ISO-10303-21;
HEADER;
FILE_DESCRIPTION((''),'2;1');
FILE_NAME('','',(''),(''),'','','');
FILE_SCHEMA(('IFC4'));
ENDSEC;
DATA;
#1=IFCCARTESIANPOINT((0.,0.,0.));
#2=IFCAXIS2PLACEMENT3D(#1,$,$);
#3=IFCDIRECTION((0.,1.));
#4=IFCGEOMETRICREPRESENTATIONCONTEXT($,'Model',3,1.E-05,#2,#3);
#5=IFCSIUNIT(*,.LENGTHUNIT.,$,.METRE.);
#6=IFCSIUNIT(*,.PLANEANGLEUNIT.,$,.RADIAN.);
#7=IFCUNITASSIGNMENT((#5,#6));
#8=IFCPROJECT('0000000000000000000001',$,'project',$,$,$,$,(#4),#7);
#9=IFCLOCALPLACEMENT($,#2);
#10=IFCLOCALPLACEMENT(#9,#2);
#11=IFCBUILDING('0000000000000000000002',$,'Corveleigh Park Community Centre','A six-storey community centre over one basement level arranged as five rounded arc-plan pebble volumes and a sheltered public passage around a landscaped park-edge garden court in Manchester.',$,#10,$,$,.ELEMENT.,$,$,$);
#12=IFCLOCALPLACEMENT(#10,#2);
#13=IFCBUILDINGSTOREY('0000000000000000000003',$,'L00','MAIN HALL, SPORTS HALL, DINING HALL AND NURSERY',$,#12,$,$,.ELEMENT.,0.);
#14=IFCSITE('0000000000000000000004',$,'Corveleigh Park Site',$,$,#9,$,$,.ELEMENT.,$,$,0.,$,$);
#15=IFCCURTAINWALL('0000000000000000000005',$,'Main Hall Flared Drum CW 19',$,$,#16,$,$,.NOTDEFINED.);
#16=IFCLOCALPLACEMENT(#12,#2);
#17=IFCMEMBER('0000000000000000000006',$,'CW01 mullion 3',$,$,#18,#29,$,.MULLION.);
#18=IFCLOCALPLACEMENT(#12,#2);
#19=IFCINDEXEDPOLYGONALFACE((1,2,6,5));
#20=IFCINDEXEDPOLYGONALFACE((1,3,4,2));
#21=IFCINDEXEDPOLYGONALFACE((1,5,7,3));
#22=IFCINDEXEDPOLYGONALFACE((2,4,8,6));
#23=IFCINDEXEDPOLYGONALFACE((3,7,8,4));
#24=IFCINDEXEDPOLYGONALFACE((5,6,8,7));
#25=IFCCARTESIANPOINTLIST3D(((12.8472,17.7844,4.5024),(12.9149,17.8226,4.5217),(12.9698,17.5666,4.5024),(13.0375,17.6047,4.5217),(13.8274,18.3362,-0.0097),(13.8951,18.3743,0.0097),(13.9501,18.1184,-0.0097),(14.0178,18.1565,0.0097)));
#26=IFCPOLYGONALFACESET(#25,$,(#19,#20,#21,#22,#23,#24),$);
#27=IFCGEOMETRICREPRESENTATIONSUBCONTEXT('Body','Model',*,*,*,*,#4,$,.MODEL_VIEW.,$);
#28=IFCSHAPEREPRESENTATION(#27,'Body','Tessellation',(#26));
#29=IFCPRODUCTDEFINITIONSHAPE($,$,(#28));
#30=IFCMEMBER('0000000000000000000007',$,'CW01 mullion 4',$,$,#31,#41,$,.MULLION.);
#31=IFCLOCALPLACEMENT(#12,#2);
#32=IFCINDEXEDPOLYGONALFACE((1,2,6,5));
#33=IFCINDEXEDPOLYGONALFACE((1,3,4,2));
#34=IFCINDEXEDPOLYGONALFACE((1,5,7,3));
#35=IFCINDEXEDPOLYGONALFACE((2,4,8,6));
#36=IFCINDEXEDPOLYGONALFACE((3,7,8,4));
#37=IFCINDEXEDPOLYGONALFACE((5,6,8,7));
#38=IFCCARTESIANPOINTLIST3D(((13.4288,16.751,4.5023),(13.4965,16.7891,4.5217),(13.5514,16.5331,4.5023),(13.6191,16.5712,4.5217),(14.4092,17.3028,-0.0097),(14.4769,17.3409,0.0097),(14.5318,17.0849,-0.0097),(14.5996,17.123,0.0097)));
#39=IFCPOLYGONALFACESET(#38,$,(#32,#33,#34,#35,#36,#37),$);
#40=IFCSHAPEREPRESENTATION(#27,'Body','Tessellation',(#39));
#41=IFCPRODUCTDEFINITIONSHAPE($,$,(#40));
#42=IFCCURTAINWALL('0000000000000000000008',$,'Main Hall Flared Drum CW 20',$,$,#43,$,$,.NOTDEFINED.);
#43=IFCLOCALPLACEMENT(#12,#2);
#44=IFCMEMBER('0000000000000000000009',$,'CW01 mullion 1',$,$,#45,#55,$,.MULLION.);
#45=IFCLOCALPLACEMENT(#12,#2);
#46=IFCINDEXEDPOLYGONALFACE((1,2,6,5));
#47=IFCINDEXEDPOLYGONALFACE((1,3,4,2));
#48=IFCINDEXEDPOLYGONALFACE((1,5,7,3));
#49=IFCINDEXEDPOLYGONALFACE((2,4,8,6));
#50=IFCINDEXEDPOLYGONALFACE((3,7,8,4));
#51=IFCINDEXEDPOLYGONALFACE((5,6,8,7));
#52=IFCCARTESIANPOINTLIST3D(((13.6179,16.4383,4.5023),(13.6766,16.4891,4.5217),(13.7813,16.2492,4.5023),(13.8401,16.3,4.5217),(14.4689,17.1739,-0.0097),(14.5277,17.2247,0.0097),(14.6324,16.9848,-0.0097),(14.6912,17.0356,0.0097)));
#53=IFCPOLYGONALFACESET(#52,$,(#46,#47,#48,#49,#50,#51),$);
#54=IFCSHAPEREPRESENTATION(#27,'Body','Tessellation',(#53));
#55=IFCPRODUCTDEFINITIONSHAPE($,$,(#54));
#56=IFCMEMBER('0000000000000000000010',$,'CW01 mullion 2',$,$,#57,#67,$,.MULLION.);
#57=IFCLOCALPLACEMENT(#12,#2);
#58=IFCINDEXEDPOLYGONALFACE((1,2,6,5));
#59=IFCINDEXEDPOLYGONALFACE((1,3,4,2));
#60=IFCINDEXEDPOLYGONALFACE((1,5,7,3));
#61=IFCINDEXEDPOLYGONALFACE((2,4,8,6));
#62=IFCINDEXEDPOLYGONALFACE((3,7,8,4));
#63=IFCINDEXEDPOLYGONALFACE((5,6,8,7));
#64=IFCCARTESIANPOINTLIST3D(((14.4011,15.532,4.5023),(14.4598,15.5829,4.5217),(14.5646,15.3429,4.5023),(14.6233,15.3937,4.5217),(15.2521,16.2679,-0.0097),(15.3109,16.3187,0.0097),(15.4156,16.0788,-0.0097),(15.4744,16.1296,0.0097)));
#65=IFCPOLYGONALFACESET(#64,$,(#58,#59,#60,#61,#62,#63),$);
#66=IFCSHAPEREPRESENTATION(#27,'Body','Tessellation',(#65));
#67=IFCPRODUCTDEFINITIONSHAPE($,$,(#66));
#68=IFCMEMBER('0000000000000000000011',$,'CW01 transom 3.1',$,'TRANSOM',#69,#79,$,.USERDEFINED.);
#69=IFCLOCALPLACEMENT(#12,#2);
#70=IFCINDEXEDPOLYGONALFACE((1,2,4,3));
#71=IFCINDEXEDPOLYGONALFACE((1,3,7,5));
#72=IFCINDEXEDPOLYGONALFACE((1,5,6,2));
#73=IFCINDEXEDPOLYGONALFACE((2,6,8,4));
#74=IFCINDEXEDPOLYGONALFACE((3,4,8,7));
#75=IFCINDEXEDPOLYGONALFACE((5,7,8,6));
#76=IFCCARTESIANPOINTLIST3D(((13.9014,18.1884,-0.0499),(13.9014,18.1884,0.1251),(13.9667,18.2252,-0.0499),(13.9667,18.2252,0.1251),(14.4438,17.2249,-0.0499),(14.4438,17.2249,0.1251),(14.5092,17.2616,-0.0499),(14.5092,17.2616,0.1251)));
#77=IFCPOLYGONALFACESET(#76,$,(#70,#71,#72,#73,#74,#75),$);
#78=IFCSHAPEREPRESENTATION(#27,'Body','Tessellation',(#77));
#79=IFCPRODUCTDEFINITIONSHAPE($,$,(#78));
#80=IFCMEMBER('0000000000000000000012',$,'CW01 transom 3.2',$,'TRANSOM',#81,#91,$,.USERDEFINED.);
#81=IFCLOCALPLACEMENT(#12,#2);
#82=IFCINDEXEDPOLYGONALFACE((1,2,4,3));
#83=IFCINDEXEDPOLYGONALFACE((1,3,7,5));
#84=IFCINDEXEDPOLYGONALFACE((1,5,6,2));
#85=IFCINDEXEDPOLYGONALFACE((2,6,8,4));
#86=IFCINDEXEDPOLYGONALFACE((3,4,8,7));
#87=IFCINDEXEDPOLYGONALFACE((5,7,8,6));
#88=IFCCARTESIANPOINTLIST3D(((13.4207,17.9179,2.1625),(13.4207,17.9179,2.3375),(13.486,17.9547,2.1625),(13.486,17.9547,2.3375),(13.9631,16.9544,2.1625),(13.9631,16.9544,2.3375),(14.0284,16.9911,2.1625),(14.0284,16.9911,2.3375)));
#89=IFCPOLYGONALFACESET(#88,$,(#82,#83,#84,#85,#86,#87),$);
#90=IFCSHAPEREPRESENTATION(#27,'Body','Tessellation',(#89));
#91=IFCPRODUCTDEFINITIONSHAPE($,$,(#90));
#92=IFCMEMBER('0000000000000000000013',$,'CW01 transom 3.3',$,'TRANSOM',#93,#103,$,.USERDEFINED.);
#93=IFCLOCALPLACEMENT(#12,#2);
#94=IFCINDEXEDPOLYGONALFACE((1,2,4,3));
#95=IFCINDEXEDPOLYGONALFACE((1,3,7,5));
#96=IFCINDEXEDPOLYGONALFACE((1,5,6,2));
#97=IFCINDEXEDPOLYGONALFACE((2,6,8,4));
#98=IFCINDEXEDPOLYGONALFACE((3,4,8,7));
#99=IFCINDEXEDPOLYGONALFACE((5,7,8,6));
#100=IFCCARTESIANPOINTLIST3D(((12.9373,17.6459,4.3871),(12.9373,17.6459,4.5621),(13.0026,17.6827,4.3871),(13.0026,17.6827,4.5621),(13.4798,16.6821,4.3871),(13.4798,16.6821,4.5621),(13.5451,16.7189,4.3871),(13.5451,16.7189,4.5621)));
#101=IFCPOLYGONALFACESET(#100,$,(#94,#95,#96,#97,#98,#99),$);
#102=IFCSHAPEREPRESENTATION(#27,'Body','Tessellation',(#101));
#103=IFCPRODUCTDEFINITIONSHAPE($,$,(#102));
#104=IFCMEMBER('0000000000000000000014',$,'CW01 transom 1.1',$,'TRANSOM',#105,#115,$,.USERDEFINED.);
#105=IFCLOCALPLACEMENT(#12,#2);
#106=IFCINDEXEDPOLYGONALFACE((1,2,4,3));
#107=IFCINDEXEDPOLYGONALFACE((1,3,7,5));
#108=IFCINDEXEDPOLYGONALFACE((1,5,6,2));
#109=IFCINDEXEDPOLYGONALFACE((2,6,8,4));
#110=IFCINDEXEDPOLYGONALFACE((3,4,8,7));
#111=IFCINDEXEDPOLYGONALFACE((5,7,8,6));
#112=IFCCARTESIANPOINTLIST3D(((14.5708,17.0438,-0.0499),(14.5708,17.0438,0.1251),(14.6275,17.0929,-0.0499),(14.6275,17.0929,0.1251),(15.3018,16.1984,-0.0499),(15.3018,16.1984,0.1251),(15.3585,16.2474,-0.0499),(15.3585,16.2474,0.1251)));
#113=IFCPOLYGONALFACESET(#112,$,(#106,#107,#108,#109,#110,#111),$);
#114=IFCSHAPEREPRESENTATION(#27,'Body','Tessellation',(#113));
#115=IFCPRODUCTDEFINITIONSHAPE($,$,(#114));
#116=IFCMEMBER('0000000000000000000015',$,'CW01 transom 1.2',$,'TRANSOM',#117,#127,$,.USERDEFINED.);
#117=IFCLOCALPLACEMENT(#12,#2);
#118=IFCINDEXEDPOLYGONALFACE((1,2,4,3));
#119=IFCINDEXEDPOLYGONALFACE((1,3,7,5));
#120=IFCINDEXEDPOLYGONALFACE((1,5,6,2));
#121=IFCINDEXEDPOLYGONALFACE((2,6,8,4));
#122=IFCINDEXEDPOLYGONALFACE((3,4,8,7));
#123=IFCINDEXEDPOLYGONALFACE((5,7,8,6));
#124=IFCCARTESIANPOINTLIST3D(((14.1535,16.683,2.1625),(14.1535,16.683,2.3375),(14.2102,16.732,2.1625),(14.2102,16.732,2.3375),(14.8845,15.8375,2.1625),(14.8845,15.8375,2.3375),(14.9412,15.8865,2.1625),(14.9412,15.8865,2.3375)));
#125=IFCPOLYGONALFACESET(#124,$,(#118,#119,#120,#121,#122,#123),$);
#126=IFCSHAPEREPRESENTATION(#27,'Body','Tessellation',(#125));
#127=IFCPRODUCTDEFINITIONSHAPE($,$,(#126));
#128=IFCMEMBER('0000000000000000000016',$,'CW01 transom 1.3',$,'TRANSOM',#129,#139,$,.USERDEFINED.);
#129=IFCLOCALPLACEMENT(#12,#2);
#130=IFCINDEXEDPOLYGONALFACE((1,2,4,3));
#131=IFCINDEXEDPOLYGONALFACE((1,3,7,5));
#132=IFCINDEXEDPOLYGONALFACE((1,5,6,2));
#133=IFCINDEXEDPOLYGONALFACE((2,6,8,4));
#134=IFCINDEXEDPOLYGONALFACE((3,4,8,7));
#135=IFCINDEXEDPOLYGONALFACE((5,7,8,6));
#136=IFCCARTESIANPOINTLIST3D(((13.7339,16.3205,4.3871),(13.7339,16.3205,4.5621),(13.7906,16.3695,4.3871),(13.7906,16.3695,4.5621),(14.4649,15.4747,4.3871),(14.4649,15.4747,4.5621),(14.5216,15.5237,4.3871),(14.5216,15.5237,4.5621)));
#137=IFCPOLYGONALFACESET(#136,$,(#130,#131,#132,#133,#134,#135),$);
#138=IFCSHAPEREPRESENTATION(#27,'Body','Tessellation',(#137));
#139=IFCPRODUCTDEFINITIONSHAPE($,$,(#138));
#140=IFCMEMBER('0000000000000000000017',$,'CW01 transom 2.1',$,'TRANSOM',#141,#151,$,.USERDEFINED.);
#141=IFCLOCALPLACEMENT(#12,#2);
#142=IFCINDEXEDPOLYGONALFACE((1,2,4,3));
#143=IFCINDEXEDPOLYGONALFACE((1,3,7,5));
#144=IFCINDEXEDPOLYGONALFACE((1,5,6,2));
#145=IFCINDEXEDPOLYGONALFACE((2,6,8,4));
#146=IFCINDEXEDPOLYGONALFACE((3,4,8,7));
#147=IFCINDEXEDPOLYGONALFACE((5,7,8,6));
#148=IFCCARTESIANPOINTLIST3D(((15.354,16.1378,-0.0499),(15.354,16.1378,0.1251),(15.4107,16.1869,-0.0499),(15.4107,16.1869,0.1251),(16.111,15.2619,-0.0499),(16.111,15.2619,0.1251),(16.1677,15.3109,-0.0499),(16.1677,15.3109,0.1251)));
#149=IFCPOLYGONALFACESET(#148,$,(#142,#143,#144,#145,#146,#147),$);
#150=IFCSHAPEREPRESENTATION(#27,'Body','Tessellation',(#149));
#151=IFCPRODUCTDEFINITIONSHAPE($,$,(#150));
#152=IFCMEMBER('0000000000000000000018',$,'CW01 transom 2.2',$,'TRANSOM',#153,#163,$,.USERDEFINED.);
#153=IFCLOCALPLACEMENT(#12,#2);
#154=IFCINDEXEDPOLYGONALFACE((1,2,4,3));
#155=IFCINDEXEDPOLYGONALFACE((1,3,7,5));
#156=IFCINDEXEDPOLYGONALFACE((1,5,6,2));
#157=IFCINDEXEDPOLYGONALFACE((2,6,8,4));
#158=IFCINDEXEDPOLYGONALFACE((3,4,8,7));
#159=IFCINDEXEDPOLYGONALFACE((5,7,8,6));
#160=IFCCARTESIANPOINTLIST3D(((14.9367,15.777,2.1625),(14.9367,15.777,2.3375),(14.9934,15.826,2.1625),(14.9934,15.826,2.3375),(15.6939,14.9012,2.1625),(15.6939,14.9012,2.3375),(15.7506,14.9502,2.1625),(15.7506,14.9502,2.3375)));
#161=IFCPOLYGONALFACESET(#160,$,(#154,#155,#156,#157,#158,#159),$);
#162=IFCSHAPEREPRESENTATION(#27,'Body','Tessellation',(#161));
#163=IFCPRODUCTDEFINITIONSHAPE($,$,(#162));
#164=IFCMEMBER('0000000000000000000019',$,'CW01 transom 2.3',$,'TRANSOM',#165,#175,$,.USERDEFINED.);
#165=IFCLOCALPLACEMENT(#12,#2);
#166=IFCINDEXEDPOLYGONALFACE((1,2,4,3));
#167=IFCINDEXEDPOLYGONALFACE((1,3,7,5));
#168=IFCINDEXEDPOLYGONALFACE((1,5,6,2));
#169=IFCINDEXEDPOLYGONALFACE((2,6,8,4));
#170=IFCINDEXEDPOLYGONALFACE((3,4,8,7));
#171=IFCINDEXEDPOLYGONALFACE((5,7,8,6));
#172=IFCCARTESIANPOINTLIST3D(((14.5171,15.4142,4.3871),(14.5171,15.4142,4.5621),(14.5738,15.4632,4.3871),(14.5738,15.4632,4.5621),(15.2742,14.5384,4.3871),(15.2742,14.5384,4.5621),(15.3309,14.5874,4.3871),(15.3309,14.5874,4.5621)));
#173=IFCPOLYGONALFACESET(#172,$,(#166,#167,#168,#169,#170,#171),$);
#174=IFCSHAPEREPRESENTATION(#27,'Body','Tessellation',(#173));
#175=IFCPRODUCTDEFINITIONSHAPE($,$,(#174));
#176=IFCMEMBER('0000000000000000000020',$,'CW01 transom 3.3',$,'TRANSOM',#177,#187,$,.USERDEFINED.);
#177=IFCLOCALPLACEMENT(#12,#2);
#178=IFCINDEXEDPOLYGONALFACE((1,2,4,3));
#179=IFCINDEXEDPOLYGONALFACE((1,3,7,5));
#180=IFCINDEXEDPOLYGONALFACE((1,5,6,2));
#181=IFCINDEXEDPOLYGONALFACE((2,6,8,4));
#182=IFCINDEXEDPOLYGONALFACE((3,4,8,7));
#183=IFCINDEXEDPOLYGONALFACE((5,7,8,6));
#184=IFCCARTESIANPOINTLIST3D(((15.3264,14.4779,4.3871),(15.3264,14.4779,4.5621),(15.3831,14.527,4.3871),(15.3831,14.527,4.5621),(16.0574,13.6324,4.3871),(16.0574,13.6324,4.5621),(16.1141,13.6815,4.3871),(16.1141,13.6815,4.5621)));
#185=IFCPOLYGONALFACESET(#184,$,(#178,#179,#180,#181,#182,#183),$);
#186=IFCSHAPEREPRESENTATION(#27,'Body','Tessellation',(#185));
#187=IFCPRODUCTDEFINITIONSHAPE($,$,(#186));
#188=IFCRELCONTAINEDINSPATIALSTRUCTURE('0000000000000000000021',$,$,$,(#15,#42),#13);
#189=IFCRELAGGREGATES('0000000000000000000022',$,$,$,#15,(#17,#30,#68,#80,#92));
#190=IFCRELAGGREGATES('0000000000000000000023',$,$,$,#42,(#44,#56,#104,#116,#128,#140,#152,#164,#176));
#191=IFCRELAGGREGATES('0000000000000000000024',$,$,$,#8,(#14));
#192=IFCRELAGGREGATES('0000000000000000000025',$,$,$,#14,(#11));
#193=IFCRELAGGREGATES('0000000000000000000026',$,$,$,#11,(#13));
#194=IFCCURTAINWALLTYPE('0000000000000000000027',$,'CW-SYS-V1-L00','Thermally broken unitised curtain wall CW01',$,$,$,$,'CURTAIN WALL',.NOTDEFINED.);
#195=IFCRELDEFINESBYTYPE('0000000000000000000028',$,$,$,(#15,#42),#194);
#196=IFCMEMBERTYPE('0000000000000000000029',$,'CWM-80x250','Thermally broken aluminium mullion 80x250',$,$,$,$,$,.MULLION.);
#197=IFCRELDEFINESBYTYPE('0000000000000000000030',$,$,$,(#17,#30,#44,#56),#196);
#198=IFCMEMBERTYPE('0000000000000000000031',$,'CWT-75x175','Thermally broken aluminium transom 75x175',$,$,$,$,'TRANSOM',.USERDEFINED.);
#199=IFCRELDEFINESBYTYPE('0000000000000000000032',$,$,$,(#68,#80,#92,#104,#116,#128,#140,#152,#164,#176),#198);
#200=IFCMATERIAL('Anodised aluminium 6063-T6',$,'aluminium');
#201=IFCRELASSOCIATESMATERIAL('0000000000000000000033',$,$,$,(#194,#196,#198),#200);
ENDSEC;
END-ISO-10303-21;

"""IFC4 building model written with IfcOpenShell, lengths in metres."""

from ifc_helpers import new_model, si_unit, direction, frame, origin, origin_2d, place, context, subcontext, project, spatial, rectangle, extrude, material, material_profile, profile_set, type_object, element, aggregate, save


model = new_model("IFC4")

# Units and contexts
model_context = context("Model", 3, precision=1e-05, world=origin(), true_north=direction((0.0, 1.0)))
body_context = subcontext(model_context, "Body", "Model", "MODEL_VIEW")
ifc_project = project(units=[si_unit("LENGTHUNIT", "METRE"), si_unit("PLANEANGLEUNIT", "RADIAN")], contexts=[model_context])

# Site, building, storey
site_placement = place(None, origin())
site = spatial("IfcSite", under=ifc_project, at=site_placement, Name="Corveleigh Park Site", CompositionType="ELEMENT", RefElevation=0.0)
building_placement = place(site_placement, origin())
building = spatial("IfcBuilding", under=site, at=building_placement, Name="Corveleigh Park Community Centre", Description="A six-storey community centre over one basement level arranged as five rounded arc-plan pebble volumes and a sheltered public passage around a landscaped park-edge garden court in Manchester.", CompositionType="ELEMENT")
storey_placement = place(building_placement, origin())
storey = spatial("IfcBuildingStorey", under=building, at=storey_placement, Name="L00", Description="MAIN HALL, SPORTS HALL, DINING HALL AND NURSERY", CompositionType="ELEMENT", Elevation=0.0)

# Curtain walls, members
ifc_material_1 = material(Name="Anodised aluminium 6063-T6", Category="aluminium")
curtain_wall_type = type_object("IfcCurtainWallType", Name="CW-SYS-V1-L00", Description="Thermally broken unitised curtain wall CW01", ElementType="CURTAIN WALL", PredefinedType="NOTDEFINED", material=ifc_material_1)
curtain_wall_1_placement = place(storey_placement, origin())
curtain_wall_1 = element("IfcCurtainWall", 1, at=curtain_wall_1_placement, inside=storey, type_object=curtain_wall_type, Name="Main Hall Flared Drum CW 19", PredefinedType="NOTDEFINED")
ifc_material_profile_1 = material_profile(ifc_material_1, rectangle(XDim=0.0801, YDim=0.25, at=origin_2d()), Name="ALU-M80x250", Category="aluminium")
ifc_profile_set_1 = profile_set([ifc_material_profile_1], Name="Anodised aluminium 6063-T6")
member_type_1 = type_object("IfcMemberType", Name="CWM-80x250", Description="Thermally broken aluminium mullion 80x250", PredefinedType="MULLION", material=ifc_profile_set_1)
member_1_placement = place(storey_placement, frame((13.9226, 18.2463, 0.0), z_axis=(-0.210798, -0.118656, 0.970301), x_axis=(0.84555, 0.475951, 0.241899)))
member_1 = element("IfcMember", 2, at=member_1_placement, type_object=member_type_1, Name="CW01 mullion 3", PredefinedType="MULLION", context=body_context, shape_type="SweptSolid", body=[
    extrude(rectangle(XDim=0.0801, YDim=0.25, at=origin_2d()), origin(), (0.0, 0.0, 1.0), 4.6501),
])
member_2_placement = place(storey_placement, frame((14.5044, 17.2129, 0.0), z_axis=(-0.210848, -0.118655, 0.970291), x_axis=(0.845592, 0.475856, 0.241942)))
member_2 = element("IfcMember", 3, at=member_2_placement, type_object=member_type_1, Name="CW01 mullion 4", PredefinedType="MULLION", context=body_context, shape_type="SweptSolid", body=[
    extrude(rectangle(XDim=0.0801, YDim=0.25, at=origin_2d()), origin(), (0.0, 0.0, 1.0), 4.6501),
])
curtain_wall_2_placement = place(storey_placement, origin())
curtain_wall_2 = element("IfcCurtainWall", 4, at=curtain_wall_2_placement, inside=storey, type_object=curtain_wall_type, Name="Main Hall Flared Drum CW 20", PredefinedType="NOTDEFINED")
member_3_placement = place(storey_placement, frame((14.5801, 17.1047, 0.0), z_axis=(-0.183024, -0.15819, 0.970298), x_axis=(0.734098, 0.634491, 0.241913)))
member_3 = element("IfcMember", 5, at=member_3_placement, type_object=member_type_1, Name="CW01 mullion 1", PredefinedType="MULLION", context=body_context, shape_type="SweptSolid", body=[
    extrude(rectangle(XDim=0.0801, YDim=0.25, at=origin_2d()), origin(), (0.0, 0.0, 1.0), 4.6501),
])
member_4_placement = place(storey_placement, frame((15.3633, 16.1987, 0.0), z_axis=(-0.183022, -0.158241, 0.97029), x_axis=(0.733987, 0.634606, 0.241945)))
member_4 = element("IfcMember", 6, at=member_4_placement, type_object=member_type_1, Name="CW01 mullion 2", PredefinedType="MULLION", context=body_context, shape_type="SweptSolid", body=[
    extrude(rectangle(XDim=0.0801, YDim=0.25, at=origin_2d()), origin(), (0.0, 0.0, 1.0), 4.6501),
])

# Members
ifc_material_profile_2 = material_profile(ifc_material_1, rectangle(XDim=0.075, YDim=0.175, at=origin_2d()), Name="ALU-T75x175", Category="aluminium")
ifc_profile_set_2 = profile_set([ifc_material_profile_2], Name="Anodised aluminium 6063-T6")
member_type_2 = type_object("IfcMemberType", Name="CWT-75x175", Description="Thermally broken aluminium transom 75x175", ElementType="TRANSOM", PredefinedType="USERDEFINED", material=ifc_profile_set_2)
member_5_placement = place(storey_placement, frame((13.9341, 18.2068, 0.0376), z_axis=(0.490565, -0.871404, 0.0), x_axis=(0.871404, 0.490565, 0.0)))
member_5 = element("IfcMember", 7, at=member_5_placement, type_object=member_type_2, Name="CW01 transom 3.1", ObjectType="TRANSOM", PredefinedType="USERDEFINED", context=body_context, shape_type="SweptSolid", body=[
    extrude(rectangle(XDim=0.075, YDim=0.175, at=origin_2d()), origin(), (0.0, 0.0, 1.0), 1.1057),
])
member_6_placement = place(storey_placement, frame((13.4534, 17.9363, 2.25), z_axis=(0.490565, -0.871404, 0.0), x_axis=(0.871404, 0.490565, 0.0)))
member_6 = element("IfcMember", 8, at=member_6_placement, type_object=member_type_2, Name="CW01 transom 3.2", ObjectType="TRANSOM", PredefinedType="USERDEFINED", context=body_context, shape_type="SweptSolid", body=[
    extrude(rectangle(XDim=0.075, YDim=0.175, at=origin_2d()), origin(), (0.0, 0.0, 1.0), 1.1057),
])
member_7_placement = place(storey_placement, frame((12.97, 17.6643, 4.4746), z_axis=(0.490471, -0.871458, 0.0), x_axis=(0.871458, 0.490471, 0.0)))
member_7 = element("IfcMember", 9, at=member_7_placement, type_object=member_type_2, Name="CW01 transom 3.3", ObjectType="TRANSOM", PredefinedType="USERDEFINED", context=body_context, shape_type="SweptSolid", body=[
    extrude(rectangle(XDim=0.075, YDim=0.175, at=origin_2d()), origin(), (0.0, 0.0, 1.0), 1.106),
])
member_8_placement = place(storey_placement, frame((14.5991, 17.0684, 0.0376), z_axis=(0.654024, -0.756474, 0.0), x_axis=(0.756474, 0.654024, 0.0)))
member_8 = element("IfcMember", 10, at=member_8_placement, type_object=member_type_2, Name="CW01 transom 1.1", ObjectType="TRANSOM", PredefinedType="USERDEFINED", context=body_context, shape_type="SweptSolid", body=[
    extrude(rectangle(XDim=0.075, YDim=0.175, at=origin_2d()), origin(), (0.0, 0.0, 1.0), 1.1177),
])
member_9_placement = place(storey_placement, frame((14.1819, 16.7075, 2.25), z_axis=(0.654024, -0.756474, 0.0), x_axis=(0.756474, 0.654024, 0.0)))
member_9 = element("IfcMember", 11, at=member_9_placement, type_object=member_type_2, Name="CW01 transom 1.2", ObjectType="TRANSOM", PredefinedType="USERDEFINED", context=body_context, shape_type="SweptSolid", body=[
    extrude(rectangle(XDim=0.075, YDim=0.175, at=origin_2d()), origin(), (0.0, 0.0, 1.0), 1.1177),
])
member_10_placement = place(storey_placement, frame((13.7622, 16.345, 4.4746), z_axis=(0.653916, -0.756568, 0.0), x_axis=(0.756568, 0.653916, 0.0)))
member_10 = element("IfcMember", 12, at=member_10_placement, type_object=member_type_2, Name="CW01 transom 1.3", ObjectType="TRANSOM", PredefinedType="USERDEFINED", context=body_context, shape_type="SweptSolid", body=[
    extrude(rectangle(XDim=0.075, YDim=0.175, at=origin_2d()), origin(), (0.0, 0.0, 1.0), 1.1179),
])
member_11_placement = place(storey_placement, frame((15.3823, 16.1624, 0.0376), z_axis=(0.653894, -0.756586, 0.0), x_axis=(0.756586, 0.653894, 0.0)))
member_11 = element("IfcMember", 13, at=member_11_placement, type_object=member_type_2, Name="CW01 transom 2.1", ObjectType="TRANSOM", PredefinedType="USERDEFINED", context=body_context, shape_type="SweptSolid", body=[
    extrude(rectangle(XDim=0.075, YDim=0.175, at=origin_2d()), origin(), (0.0, 0.0, 1.0), 1.1577),
])
member_12_placement = place(storey_placement, frame((14.9651, 15.8015, 2.25), z_axis=(0.653999, -0.756496, 0.0), x_axis=(0.756496, 0.653999, 0.0)))
member_12 = element("IfcMember", 14, at=member_12_placement, type_object=member_type_2, Name="CW01 transom 2.2", ObjectType="TRANSOM", PredefinedType="USERDEFINED", context=body_context, shape_type="SweptSolid", body=[
    extrude(rectangle(XDim=0.075, YDim=0.175, at=origin_2d()), origin(), (0.0, 0.0, 1.0), 1.1577),
])
member_13_placement = place(storey_placement, frame((14.5454, 15.4387, 4.4746), z_axis=(0.653999, -0.756496, 0.0), x_axis=(0.756496, 0.653999, 0.0)))
member_13 = element("IfcMember", 15, at=member_13_placement, type_object=member_type_2, Name="CW01 transom 2.3", ObjectType="TRANSOM", PredefinedType="USERDEFINED", context=body_context, shape_type="SweptSolid", body=[
    extrude(rectangle(XDim=0.075, YDim=0.175, at=origin_2d()), origin(), (0.0, 0.0, 1.0), 1.1577),
])
member_14_placement = place(storey_placement, frame((15.3547, 14.5024, 4.4746), z_axis=(0.654024, -0.756474, 0.0), x_axis=(0.756474, 0.654024, 0.0)))
member_14 = element("IfcMember", 16, at=member_14_placement, type_object=member_type_2, Name="CW01 transom 3.3", ObjectType="TRANSOM", PredefinedType="USERDEFINED", context=body_context, shape_type="SweptSolid", body=[
    extrude(rectangle(XDim=0.075, YDim=0.175, at=origin_2d()), origin(), (0.0, 0.0, 1.0), 1.1177),
])

aggregate(curtain_wall_1, [member_1, member_2, member_5, member_6, member_7])
aggregate(curtain_wall_2, [member_3, member_4, member_8, member_9, member_10, member_11, member_12, member_13, member_14])

save(model, "model.ifc")
